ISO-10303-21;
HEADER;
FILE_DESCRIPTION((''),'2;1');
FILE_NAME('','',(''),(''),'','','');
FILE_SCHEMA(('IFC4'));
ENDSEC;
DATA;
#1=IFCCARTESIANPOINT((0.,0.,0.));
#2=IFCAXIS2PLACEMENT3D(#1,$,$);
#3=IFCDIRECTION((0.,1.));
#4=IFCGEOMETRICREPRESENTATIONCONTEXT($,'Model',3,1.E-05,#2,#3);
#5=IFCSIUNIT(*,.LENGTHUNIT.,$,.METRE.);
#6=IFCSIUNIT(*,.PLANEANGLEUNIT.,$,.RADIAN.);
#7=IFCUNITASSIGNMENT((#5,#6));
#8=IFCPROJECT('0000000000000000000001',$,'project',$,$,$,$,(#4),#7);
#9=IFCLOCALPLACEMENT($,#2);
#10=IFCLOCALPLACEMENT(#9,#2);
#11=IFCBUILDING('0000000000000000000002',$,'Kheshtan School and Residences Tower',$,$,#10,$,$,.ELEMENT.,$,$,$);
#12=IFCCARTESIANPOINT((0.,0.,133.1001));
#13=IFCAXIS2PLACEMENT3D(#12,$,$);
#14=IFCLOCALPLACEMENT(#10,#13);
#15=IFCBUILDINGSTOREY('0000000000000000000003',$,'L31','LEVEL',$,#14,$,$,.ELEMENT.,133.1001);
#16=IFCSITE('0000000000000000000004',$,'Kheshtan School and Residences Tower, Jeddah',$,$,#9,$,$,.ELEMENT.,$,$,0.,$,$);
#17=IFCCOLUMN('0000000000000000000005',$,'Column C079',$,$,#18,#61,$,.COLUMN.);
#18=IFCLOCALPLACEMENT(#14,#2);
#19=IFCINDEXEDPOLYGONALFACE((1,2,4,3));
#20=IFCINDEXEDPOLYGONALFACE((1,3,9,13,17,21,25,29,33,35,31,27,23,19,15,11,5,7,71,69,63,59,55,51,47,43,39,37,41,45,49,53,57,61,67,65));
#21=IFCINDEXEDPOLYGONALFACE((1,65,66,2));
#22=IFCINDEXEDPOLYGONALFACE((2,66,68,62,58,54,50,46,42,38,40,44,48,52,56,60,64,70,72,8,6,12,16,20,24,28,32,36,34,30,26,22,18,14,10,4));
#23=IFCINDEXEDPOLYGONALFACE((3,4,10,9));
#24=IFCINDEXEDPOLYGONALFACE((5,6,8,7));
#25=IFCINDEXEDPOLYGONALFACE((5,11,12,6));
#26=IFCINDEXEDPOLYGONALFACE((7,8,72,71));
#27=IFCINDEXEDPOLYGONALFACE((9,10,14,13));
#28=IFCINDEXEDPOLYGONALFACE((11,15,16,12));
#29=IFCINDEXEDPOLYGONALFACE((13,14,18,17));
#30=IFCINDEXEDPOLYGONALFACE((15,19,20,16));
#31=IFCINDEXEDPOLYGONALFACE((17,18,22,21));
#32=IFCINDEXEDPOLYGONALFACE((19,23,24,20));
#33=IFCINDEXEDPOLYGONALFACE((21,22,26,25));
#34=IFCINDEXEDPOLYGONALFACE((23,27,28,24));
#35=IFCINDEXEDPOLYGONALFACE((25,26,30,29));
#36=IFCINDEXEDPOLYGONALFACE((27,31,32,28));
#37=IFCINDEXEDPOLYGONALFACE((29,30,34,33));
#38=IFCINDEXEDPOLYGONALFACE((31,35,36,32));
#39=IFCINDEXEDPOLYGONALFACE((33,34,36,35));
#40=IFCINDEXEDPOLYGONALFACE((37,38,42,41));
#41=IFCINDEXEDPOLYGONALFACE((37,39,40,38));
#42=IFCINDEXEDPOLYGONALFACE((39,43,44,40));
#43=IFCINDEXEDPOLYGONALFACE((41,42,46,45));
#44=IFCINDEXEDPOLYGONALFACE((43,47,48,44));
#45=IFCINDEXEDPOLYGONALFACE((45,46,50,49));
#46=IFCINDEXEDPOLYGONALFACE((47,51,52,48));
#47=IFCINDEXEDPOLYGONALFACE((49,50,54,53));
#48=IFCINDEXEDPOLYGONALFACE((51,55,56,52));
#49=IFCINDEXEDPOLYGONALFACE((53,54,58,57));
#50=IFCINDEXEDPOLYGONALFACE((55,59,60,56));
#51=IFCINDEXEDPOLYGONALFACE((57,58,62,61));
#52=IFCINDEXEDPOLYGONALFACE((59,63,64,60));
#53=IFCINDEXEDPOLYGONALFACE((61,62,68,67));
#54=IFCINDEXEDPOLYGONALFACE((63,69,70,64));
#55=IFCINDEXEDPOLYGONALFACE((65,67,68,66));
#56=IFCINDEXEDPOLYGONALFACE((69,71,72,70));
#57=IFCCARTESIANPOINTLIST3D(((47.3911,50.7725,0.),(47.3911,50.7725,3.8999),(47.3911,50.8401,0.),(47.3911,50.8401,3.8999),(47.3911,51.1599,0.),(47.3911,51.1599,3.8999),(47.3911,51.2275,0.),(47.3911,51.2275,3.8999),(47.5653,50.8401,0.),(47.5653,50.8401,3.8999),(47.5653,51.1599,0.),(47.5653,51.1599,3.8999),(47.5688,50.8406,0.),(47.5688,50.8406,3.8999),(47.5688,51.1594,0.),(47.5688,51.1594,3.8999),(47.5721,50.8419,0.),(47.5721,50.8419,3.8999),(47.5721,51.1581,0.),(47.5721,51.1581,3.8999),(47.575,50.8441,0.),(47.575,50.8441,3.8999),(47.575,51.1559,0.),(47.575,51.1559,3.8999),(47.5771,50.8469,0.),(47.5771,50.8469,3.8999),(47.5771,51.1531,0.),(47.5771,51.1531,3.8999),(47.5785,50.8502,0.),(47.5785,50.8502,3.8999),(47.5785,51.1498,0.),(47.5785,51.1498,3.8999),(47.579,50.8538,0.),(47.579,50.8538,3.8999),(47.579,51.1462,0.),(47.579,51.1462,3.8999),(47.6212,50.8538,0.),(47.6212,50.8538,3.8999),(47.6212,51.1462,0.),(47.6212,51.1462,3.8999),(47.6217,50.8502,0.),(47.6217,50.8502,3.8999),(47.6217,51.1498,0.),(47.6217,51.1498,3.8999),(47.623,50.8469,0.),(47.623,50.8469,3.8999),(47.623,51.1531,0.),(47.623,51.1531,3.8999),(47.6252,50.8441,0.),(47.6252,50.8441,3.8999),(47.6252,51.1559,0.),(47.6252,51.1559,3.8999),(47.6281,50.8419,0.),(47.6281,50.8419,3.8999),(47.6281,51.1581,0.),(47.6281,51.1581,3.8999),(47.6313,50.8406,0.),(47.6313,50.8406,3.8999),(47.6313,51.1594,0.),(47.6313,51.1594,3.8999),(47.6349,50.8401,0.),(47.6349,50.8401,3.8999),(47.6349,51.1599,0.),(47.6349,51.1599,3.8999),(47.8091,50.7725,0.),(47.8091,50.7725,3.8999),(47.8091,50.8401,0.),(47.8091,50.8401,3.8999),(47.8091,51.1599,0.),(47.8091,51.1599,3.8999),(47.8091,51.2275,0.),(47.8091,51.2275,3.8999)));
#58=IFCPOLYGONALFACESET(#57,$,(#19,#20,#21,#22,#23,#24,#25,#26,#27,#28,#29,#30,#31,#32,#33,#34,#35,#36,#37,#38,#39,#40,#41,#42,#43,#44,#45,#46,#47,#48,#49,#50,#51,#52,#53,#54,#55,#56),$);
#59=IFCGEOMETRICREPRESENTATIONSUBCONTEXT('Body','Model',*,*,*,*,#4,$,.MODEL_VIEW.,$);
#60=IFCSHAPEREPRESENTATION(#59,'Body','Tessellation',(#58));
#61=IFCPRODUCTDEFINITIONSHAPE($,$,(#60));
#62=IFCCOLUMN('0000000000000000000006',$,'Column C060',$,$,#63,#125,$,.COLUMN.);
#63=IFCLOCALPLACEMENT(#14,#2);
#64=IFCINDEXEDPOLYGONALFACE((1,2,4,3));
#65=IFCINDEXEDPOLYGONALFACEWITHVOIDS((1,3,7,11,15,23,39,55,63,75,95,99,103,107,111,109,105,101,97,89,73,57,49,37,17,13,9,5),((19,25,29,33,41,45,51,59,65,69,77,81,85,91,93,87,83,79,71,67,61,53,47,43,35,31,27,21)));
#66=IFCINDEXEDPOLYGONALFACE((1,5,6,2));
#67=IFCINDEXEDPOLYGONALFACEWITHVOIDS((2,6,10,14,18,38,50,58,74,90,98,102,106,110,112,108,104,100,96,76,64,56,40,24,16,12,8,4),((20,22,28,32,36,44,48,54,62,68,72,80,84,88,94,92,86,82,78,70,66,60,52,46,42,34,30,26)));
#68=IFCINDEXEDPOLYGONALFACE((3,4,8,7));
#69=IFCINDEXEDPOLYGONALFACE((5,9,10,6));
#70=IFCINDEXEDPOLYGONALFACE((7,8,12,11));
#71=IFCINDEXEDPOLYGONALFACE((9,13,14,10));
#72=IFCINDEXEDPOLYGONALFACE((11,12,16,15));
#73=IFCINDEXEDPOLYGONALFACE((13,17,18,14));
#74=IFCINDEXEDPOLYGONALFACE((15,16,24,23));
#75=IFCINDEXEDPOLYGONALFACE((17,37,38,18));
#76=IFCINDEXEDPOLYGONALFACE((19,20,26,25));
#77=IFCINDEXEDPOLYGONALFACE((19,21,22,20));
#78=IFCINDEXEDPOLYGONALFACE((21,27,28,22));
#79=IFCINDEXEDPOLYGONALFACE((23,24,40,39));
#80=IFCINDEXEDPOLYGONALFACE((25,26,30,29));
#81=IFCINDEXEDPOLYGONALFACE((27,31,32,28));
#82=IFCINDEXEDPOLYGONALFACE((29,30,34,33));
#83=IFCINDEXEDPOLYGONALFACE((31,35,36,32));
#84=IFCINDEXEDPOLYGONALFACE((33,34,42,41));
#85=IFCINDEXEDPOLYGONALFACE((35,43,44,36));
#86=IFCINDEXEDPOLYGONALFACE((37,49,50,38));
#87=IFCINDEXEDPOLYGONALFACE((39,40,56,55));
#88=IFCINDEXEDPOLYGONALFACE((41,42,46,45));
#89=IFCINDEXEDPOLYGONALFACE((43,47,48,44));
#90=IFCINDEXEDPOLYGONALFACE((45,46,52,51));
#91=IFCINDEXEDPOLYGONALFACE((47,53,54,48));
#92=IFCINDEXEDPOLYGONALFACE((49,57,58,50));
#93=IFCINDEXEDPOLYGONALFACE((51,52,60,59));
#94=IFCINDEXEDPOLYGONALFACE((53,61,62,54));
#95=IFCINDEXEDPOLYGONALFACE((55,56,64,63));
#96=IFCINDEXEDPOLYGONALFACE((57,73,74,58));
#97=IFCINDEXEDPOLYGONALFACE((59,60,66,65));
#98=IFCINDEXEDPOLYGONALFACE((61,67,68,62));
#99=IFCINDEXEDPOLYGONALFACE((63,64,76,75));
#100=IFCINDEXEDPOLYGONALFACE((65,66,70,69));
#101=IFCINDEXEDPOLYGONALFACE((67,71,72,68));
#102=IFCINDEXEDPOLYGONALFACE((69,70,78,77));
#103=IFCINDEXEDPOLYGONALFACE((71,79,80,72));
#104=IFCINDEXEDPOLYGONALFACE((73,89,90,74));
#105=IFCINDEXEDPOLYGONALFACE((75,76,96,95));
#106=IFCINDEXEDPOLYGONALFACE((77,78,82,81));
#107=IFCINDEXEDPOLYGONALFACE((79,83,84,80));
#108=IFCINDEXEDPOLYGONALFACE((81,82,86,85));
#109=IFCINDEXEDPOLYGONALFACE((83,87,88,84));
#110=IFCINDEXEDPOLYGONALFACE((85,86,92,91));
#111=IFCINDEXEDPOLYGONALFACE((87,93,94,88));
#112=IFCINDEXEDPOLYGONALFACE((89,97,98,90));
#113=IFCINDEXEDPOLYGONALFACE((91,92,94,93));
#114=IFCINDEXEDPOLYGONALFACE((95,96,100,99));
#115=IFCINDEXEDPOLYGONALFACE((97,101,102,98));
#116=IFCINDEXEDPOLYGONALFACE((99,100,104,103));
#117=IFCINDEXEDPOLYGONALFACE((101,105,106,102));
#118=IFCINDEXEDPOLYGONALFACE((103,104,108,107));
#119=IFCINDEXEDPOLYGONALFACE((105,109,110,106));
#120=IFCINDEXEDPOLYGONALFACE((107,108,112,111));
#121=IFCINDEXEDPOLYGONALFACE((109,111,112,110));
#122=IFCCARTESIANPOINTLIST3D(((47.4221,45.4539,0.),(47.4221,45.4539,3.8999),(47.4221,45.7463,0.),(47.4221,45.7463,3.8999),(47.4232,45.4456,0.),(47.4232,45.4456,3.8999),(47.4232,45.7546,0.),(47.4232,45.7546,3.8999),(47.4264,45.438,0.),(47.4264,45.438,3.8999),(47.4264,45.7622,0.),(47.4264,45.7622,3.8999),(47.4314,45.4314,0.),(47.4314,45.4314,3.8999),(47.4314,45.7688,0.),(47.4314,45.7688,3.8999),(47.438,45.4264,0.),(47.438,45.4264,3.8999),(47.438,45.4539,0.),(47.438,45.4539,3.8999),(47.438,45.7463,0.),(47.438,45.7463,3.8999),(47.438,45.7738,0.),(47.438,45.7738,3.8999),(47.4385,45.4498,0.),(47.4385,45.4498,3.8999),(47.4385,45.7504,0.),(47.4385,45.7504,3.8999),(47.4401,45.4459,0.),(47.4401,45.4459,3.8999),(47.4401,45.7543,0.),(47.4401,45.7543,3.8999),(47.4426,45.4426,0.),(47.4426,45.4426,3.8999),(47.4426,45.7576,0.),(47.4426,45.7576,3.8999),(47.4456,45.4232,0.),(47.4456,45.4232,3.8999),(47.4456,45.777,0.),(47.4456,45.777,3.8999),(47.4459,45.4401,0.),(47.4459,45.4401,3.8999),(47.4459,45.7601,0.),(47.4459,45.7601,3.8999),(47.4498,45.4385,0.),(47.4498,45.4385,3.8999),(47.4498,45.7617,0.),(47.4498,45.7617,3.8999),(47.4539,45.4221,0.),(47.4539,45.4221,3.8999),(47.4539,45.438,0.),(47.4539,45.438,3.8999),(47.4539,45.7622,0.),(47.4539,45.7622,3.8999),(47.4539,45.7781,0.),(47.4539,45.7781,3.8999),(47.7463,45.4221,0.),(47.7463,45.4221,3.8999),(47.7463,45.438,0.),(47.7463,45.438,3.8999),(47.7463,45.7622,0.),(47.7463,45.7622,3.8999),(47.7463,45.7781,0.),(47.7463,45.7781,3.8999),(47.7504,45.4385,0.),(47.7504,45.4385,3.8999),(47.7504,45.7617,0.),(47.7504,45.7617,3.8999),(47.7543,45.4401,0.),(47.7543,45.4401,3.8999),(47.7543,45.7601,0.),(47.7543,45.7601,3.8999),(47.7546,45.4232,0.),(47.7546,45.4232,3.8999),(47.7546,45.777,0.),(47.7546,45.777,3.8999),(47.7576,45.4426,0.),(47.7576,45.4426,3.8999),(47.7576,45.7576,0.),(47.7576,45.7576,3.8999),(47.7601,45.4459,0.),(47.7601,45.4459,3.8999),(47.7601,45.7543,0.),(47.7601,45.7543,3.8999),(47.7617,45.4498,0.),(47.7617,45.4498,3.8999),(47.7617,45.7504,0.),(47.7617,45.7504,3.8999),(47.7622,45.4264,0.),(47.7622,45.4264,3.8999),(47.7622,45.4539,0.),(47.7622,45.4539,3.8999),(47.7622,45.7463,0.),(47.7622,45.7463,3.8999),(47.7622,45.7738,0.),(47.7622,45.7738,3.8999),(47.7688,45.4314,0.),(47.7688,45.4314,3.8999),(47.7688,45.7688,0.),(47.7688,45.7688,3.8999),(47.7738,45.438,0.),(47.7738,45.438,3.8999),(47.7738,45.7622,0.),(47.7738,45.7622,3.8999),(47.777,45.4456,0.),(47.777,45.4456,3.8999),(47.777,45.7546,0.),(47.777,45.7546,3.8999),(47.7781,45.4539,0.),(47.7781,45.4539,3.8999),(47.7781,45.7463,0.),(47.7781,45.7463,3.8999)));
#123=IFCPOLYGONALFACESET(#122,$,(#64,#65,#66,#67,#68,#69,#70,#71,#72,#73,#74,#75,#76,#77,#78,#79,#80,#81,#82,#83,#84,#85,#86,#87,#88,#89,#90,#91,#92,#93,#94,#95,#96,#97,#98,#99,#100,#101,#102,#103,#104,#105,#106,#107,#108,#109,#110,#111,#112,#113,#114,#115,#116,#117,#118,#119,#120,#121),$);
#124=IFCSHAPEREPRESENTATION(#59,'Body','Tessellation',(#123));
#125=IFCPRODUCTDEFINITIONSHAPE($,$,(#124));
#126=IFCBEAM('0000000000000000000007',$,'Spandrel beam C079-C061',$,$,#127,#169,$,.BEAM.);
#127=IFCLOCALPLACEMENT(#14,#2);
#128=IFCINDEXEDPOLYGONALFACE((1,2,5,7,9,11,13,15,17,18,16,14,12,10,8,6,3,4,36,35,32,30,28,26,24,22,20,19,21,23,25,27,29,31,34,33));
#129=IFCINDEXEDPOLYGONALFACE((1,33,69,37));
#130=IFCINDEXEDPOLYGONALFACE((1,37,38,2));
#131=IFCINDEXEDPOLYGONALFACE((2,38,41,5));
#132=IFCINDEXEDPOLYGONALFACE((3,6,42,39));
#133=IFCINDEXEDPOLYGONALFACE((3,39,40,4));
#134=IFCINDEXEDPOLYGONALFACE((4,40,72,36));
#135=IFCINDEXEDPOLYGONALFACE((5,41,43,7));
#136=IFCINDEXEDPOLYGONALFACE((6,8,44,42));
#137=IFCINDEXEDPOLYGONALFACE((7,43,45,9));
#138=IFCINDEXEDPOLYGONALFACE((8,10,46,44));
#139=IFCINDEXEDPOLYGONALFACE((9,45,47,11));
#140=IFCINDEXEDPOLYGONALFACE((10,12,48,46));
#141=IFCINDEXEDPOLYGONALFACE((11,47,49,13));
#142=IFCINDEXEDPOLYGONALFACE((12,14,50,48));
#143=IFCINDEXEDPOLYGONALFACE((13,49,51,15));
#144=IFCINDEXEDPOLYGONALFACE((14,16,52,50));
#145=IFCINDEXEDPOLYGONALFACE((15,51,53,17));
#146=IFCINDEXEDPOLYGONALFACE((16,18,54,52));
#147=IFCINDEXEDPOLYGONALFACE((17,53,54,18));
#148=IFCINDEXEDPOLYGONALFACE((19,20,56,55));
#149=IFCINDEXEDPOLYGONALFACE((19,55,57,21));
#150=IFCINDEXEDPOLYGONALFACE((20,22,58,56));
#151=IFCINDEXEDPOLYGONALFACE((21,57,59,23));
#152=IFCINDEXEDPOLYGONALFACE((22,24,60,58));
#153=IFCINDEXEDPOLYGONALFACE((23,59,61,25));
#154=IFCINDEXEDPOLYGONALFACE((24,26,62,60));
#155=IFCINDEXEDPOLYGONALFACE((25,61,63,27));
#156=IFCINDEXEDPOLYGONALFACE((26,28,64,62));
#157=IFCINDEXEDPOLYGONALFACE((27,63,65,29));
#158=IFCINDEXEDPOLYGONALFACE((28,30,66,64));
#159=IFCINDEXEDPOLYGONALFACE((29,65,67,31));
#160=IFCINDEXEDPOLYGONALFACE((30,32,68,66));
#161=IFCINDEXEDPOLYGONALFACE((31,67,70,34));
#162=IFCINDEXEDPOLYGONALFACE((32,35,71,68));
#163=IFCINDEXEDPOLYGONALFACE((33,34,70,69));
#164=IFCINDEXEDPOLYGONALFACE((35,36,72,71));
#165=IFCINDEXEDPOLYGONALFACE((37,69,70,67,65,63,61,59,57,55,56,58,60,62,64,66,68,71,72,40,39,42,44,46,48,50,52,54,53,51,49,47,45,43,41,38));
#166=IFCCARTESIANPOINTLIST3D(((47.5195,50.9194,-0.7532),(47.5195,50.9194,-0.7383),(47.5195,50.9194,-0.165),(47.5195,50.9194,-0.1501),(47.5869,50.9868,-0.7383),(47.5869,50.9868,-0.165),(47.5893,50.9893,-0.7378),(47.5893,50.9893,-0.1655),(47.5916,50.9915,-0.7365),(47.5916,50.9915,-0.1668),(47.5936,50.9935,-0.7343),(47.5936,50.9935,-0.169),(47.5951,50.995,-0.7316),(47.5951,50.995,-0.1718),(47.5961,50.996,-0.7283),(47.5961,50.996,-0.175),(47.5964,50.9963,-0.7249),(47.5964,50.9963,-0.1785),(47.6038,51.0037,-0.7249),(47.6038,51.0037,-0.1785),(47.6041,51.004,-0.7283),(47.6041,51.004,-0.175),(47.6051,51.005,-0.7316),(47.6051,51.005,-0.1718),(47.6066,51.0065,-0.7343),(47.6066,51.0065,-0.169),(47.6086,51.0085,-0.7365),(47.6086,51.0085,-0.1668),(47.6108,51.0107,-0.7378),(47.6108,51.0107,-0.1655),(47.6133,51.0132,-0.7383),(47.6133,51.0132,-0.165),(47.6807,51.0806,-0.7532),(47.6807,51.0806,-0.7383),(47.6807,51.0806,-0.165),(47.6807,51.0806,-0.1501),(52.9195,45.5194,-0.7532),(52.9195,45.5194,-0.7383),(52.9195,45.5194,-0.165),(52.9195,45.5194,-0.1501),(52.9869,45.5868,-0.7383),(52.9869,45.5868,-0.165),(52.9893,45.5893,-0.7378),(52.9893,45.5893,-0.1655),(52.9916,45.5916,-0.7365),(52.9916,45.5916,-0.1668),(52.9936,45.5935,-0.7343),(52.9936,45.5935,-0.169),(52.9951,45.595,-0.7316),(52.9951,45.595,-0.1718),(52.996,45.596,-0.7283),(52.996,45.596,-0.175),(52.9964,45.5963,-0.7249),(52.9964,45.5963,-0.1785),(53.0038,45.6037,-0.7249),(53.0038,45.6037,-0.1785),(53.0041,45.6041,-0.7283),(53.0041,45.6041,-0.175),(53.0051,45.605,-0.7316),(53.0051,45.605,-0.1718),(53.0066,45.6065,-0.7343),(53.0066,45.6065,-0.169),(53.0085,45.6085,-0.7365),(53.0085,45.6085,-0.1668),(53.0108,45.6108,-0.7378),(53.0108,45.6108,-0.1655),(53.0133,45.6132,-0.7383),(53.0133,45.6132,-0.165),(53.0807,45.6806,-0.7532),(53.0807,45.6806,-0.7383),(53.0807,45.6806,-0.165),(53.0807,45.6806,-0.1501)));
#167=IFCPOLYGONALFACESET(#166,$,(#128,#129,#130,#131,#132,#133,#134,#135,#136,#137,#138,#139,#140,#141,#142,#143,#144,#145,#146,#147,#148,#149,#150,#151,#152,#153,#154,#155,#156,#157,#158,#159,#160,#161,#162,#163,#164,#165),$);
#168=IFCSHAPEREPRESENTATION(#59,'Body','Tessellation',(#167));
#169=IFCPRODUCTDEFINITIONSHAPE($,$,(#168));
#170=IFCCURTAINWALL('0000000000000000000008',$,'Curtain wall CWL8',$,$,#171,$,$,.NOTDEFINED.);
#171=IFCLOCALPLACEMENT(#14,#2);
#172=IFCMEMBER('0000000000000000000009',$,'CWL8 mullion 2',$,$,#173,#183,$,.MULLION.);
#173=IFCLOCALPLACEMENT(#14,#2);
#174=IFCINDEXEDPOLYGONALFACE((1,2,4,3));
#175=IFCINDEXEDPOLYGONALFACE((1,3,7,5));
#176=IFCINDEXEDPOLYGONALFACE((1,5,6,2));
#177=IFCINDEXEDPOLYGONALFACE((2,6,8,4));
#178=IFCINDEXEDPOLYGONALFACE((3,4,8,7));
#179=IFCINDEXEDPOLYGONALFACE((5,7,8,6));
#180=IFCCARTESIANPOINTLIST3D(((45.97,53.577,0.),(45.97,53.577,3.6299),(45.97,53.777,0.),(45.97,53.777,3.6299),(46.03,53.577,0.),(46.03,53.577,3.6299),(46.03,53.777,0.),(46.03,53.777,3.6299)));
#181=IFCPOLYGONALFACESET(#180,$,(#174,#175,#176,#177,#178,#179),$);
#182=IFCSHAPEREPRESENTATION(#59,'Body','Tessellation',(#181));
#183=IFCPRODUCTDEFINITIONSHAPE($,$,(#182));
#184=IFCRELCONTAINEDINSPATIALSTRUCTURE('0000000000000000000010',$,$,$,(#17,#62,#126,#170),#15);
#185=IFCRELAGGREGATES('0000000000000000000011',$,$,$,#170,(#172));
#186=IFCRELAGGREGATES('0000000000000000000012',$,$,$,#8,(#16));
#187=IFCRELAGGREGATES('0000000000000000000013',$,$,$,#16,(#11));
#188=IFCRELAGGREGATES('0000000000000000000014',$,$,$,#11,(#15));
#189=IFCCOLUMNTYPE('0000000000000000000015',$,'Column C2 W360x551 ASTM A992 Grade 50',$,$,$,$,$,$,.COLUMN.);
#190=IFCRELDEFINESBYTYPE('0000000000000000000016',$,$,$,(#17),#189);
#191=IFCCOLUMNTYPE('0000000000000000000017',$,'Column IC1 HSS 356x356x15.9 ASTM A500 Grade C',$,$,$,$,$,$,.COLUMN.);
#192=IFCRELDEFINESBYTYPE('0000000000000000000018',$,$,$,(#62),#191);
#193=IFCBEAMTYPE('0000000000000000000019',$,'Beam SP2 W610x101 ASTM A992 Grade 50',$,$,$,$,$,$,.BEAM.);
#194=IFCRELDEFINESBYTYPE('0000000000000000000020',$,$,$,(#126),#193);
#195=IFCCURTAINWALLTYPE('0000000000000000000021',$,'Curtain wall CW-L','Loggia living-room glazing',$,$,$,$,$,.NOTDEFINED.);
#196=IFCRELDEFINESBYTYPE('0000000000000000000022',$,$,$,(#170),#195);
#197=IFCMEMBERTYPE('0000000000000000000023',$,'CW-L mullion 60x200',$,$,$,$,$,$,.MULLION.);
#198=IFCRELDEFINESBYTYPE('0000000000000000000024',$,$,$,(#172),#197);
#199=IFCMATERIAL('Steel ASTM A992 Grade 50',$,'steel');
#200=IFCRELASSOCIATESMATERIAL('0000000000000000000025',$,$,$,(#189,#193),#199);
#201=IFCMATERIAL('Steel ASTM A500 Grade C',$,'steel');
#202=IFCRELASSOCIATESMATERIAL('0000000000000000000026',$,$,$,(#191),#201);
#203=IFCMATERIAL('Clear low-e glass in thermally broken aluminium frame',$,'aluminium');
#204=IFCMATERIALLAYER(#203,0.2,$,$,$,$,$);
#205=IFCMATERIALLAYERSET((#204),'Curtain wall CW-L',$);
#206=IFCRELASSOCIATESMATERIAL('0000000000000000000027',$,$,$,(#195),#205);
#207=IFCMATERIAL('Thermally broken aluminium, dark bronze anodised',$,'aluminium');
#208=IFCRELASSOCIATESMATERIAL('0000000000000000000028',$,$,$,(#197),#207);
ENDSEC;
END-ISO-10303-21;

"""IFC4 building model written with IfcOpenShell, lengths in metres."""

from ifc_helpers import new_model, si_unit, direction, frame, origin, origin_2d, place, context, subcontext, project, spatial, rectangle, hollow_rectangle, i_section, extrude, material, layer, layer_set, material_profile, profile_set, type_object, element, aggregate, save


model = new_model("IFC4")

# Units and contexts
model_context = context("Model", 3, precision=1e-05, world=origin(), true_north=direction((0.0, 1.0)))
body_context = subcontext(model_context, "Body", "Model", "MODEL_VIEW")
ifc_project = project(units=[si_unit("LENGTHUNIT", "METRE"), si_unit("PLANEANGLEUNIT", "RADIAN")], contexts=[model_context])

# Site, building, storey
site_placement = place(None, origin())
site = spatial("IfcSite", under=ifc_project, at=site_placement, Name="Kheshtan School and Residences Tower, Jeddah", CompositionType="ELEMENT", RefElevation=0.0)
building_placement = place(site_placement, origin())
building = spatial("IfcBuilding", under=site, at=building_placement, Name="Kheshtan School and Residences Tower", CompositionType="ELEMENT")
storey_placement = place(building_placement, frame((0.0, 0.0, 133.1001)))
storey = spatial("IfcBuildingStorey", under=building, at=storey_placement, Name="L31", Description="LEVEL", CompositionType="ELEMENT", Elevation=133.1001)

# Columns
ifc_material_1 = material(Name="Steel ASTM A992 Grade 50", Category="steel")
ifc_material_profile_1 = material_profile(ifc_material_1, i_section(OverallWidth=0.418, OverallDepth=0.4551, WebThickness=0.0422, FlangeThickness=0.0676, FilletRadius=0.0137, at=origin_2d()), Name="W360x551")
ifc_profile_set_1 = profile_set([ifc_material_profile_1], Name="Steel ASTM A992 Grade 50")
column_type_1 = type_object("IfcColumnType", Name="Column C2 W360x551 ASTM A992 Grade 50", PredefinedType="COLUMN", material=ifc_profile_set_1)
column_1_placement = place(storey_placement, frame((47.6001, 51.0, 0.0), z_axis=(0.0, 0.0, 1.0), x_axis=(1.0, 0.0, 0.0)))
element("IfcColumn", 1, at=column_1_placement, inside=storey, type_object=column_type_1, Name="Column C079", PredefinedType="COLUMN", context=body_context, shape_type="SweptSolid", body=[
    extrude(i_section(OverallWidth=0.418, OverallDepth=0.4551, WebThickness=0.0422, FlangeThickness=0.0676, FilletRadius=0.0137, at=origin_2d()), origin(), (0.0, 0.0, 1.0), 3.8999),
])
ifc_material_2 = material(Name="Steel ASTM A500 Grade C", Category="steel")
ifc_material_profile_2 = material_profile(ifc_material_2, hollow_rectangle(XDim=0.356, YDim=0.356, WallThickness=0.0159, InnerFilletRadius=0.0159, OuterFilletRadius=0.0317, at=origin_2d()), Name="HSS 356x356x15.9")
ifc_profile_set_2 = profile_set([ifc_material_profile_2], Name="Steel ASTM A500 Grade C")
column_type_2 = type_object("IfcColumnType", Name="Column IC1 HSS 356x356x15.9 ASTM A500 Grade C", PredefinedType="COLUMN", material=ifc_profile_set_2)
column_2_placement = place(storey_placement, frame((47.6001, 45.6001, 0.0), z_axis=(0.0, 0.0, 1.0), x_axis=(1.0, 0.0, 0.0)))
element("IfcColumn", 2, at=column_2_placement, inside=storey, type_object=column_type_2, Name="Column C060", PredefinedType="COLUMN", context=body_context, shape_type="SweptSolid", body=[
    extrude(hollow_rectangle(XDim=0.356, YDim=0.356, WallThickness=0.0159, InnerFilletRadius=0.0159, OuterFilletRadius=0.0317, at=origin_2d()), origin(), (0.0, 0.0, 1.0), 3.8999),
])

# Beam
ifc_material_profile_3 = material_profile(ifc_material_1, i_section(OverallWidth=0.228, OverallDepth=0.603, WebThickness=0.0105, FlangeThickness=0.0149, FilletRadius=0.0134, at=origin_2d()), Name="W610x101")
ifc_profile_set_3 = profile_set([ifc_material_profile_3], Name="Steel ASTM A992 Grade 50")
beam_type = type_object("IfcBeamType", Name="Beam SP2 W610x101 ASTM A992 Grade 50", PredefinedType="BEAM", material=ifc_profile_set_3)
beam_placement = place(storey_placement, frame((47.6001, 51.0, -0.4517), z_axis=(0.707107, -0.707107, 0.0), x_axis=(0.707107, 0.707107, 0.0)))
element("IfcBeam", 3, at=beam_placement, inside=storey, type_object=beam_type, Name="Spandrel beam C079-C061", PredefinedType="BEAM", context=body_context, shape_type="SweptSolid", body=[
    extrude(i_section(OverallWidth=0.228, OverallDepth=0.603, WebThickness=0.0105, FlangeThickness=0.0149, FilletRadius=0.0134, at=origin_2d()), origin(), (0.0, 0.0, 1.0), 7.6367),
])

# Curtain wall, member
ifc_material_3 = material(Name="Clear low-e glass in thermally broken aluminium frame", Category="aluminium")
ifc_layer_1 = layer(ifc_material_3, 0.2)
ifc_layer_set_1 = layer_set([ifc_layer_1], Name="Curtain wall CW-L")
curtain_wall_type = type_object("IfcCurtainWallType", Name="Curtain wall CW-L", Description="Loggia living-room glazing", PredefinedType="NOTDEFINED", material=ifc_layer_set_1)
curtain_wall_placement = place(storey_placement, origin())
curtain_wall = element("IfcCurtainWall", 4, at=curtain_wall_placement, inside=storey, type_object=curtain_wall_type, Name="Curtain wall CWL8", PredefinedType="NOTDEFINED")
ifc_material_4 = material(Name="Thermally broken aluminium, dark bronze anodised", Category="aluminium")
ifc_material_profile_4 = material_profile(ifc_material_4, rectangle(XDim=0.0601, YDim=0.2, at=origin_2d()), Name="CW-L mullion 60x200")
ifc_profile_set_4 = profile_set([ifc_material_profile_4], Name="Thermally broken aluminium, dark bronze anodised")
member_type = type_object("IfcMemberType", Name="CW-L mullion 60x200", PredefinedType="MULLION", material=ifc_profile_set_4)
member_1_placement = place(storey_placement, frame((46.0, 53.677, 0.0), z_axis=(0.0, 0.0, 1.0), x_axis=(1.0, 0.0, 0.0)))
member_1 = element("IfcMember", 5, at=member_1_placement, type_object=member_type, Name="CWL8 mullion 2", PredefinedType="MULLION", context=body_context, shape_type="SweptSolid", body=[
    extrude(rectangle(XDim=0.0601, YDim=0.2, at=origin_2d()), origin(), (0.0, 0.0, 1.0), 3.6299),
])
aggregate(curtain_wall, [member_1])

save(model, "model.ifc")
